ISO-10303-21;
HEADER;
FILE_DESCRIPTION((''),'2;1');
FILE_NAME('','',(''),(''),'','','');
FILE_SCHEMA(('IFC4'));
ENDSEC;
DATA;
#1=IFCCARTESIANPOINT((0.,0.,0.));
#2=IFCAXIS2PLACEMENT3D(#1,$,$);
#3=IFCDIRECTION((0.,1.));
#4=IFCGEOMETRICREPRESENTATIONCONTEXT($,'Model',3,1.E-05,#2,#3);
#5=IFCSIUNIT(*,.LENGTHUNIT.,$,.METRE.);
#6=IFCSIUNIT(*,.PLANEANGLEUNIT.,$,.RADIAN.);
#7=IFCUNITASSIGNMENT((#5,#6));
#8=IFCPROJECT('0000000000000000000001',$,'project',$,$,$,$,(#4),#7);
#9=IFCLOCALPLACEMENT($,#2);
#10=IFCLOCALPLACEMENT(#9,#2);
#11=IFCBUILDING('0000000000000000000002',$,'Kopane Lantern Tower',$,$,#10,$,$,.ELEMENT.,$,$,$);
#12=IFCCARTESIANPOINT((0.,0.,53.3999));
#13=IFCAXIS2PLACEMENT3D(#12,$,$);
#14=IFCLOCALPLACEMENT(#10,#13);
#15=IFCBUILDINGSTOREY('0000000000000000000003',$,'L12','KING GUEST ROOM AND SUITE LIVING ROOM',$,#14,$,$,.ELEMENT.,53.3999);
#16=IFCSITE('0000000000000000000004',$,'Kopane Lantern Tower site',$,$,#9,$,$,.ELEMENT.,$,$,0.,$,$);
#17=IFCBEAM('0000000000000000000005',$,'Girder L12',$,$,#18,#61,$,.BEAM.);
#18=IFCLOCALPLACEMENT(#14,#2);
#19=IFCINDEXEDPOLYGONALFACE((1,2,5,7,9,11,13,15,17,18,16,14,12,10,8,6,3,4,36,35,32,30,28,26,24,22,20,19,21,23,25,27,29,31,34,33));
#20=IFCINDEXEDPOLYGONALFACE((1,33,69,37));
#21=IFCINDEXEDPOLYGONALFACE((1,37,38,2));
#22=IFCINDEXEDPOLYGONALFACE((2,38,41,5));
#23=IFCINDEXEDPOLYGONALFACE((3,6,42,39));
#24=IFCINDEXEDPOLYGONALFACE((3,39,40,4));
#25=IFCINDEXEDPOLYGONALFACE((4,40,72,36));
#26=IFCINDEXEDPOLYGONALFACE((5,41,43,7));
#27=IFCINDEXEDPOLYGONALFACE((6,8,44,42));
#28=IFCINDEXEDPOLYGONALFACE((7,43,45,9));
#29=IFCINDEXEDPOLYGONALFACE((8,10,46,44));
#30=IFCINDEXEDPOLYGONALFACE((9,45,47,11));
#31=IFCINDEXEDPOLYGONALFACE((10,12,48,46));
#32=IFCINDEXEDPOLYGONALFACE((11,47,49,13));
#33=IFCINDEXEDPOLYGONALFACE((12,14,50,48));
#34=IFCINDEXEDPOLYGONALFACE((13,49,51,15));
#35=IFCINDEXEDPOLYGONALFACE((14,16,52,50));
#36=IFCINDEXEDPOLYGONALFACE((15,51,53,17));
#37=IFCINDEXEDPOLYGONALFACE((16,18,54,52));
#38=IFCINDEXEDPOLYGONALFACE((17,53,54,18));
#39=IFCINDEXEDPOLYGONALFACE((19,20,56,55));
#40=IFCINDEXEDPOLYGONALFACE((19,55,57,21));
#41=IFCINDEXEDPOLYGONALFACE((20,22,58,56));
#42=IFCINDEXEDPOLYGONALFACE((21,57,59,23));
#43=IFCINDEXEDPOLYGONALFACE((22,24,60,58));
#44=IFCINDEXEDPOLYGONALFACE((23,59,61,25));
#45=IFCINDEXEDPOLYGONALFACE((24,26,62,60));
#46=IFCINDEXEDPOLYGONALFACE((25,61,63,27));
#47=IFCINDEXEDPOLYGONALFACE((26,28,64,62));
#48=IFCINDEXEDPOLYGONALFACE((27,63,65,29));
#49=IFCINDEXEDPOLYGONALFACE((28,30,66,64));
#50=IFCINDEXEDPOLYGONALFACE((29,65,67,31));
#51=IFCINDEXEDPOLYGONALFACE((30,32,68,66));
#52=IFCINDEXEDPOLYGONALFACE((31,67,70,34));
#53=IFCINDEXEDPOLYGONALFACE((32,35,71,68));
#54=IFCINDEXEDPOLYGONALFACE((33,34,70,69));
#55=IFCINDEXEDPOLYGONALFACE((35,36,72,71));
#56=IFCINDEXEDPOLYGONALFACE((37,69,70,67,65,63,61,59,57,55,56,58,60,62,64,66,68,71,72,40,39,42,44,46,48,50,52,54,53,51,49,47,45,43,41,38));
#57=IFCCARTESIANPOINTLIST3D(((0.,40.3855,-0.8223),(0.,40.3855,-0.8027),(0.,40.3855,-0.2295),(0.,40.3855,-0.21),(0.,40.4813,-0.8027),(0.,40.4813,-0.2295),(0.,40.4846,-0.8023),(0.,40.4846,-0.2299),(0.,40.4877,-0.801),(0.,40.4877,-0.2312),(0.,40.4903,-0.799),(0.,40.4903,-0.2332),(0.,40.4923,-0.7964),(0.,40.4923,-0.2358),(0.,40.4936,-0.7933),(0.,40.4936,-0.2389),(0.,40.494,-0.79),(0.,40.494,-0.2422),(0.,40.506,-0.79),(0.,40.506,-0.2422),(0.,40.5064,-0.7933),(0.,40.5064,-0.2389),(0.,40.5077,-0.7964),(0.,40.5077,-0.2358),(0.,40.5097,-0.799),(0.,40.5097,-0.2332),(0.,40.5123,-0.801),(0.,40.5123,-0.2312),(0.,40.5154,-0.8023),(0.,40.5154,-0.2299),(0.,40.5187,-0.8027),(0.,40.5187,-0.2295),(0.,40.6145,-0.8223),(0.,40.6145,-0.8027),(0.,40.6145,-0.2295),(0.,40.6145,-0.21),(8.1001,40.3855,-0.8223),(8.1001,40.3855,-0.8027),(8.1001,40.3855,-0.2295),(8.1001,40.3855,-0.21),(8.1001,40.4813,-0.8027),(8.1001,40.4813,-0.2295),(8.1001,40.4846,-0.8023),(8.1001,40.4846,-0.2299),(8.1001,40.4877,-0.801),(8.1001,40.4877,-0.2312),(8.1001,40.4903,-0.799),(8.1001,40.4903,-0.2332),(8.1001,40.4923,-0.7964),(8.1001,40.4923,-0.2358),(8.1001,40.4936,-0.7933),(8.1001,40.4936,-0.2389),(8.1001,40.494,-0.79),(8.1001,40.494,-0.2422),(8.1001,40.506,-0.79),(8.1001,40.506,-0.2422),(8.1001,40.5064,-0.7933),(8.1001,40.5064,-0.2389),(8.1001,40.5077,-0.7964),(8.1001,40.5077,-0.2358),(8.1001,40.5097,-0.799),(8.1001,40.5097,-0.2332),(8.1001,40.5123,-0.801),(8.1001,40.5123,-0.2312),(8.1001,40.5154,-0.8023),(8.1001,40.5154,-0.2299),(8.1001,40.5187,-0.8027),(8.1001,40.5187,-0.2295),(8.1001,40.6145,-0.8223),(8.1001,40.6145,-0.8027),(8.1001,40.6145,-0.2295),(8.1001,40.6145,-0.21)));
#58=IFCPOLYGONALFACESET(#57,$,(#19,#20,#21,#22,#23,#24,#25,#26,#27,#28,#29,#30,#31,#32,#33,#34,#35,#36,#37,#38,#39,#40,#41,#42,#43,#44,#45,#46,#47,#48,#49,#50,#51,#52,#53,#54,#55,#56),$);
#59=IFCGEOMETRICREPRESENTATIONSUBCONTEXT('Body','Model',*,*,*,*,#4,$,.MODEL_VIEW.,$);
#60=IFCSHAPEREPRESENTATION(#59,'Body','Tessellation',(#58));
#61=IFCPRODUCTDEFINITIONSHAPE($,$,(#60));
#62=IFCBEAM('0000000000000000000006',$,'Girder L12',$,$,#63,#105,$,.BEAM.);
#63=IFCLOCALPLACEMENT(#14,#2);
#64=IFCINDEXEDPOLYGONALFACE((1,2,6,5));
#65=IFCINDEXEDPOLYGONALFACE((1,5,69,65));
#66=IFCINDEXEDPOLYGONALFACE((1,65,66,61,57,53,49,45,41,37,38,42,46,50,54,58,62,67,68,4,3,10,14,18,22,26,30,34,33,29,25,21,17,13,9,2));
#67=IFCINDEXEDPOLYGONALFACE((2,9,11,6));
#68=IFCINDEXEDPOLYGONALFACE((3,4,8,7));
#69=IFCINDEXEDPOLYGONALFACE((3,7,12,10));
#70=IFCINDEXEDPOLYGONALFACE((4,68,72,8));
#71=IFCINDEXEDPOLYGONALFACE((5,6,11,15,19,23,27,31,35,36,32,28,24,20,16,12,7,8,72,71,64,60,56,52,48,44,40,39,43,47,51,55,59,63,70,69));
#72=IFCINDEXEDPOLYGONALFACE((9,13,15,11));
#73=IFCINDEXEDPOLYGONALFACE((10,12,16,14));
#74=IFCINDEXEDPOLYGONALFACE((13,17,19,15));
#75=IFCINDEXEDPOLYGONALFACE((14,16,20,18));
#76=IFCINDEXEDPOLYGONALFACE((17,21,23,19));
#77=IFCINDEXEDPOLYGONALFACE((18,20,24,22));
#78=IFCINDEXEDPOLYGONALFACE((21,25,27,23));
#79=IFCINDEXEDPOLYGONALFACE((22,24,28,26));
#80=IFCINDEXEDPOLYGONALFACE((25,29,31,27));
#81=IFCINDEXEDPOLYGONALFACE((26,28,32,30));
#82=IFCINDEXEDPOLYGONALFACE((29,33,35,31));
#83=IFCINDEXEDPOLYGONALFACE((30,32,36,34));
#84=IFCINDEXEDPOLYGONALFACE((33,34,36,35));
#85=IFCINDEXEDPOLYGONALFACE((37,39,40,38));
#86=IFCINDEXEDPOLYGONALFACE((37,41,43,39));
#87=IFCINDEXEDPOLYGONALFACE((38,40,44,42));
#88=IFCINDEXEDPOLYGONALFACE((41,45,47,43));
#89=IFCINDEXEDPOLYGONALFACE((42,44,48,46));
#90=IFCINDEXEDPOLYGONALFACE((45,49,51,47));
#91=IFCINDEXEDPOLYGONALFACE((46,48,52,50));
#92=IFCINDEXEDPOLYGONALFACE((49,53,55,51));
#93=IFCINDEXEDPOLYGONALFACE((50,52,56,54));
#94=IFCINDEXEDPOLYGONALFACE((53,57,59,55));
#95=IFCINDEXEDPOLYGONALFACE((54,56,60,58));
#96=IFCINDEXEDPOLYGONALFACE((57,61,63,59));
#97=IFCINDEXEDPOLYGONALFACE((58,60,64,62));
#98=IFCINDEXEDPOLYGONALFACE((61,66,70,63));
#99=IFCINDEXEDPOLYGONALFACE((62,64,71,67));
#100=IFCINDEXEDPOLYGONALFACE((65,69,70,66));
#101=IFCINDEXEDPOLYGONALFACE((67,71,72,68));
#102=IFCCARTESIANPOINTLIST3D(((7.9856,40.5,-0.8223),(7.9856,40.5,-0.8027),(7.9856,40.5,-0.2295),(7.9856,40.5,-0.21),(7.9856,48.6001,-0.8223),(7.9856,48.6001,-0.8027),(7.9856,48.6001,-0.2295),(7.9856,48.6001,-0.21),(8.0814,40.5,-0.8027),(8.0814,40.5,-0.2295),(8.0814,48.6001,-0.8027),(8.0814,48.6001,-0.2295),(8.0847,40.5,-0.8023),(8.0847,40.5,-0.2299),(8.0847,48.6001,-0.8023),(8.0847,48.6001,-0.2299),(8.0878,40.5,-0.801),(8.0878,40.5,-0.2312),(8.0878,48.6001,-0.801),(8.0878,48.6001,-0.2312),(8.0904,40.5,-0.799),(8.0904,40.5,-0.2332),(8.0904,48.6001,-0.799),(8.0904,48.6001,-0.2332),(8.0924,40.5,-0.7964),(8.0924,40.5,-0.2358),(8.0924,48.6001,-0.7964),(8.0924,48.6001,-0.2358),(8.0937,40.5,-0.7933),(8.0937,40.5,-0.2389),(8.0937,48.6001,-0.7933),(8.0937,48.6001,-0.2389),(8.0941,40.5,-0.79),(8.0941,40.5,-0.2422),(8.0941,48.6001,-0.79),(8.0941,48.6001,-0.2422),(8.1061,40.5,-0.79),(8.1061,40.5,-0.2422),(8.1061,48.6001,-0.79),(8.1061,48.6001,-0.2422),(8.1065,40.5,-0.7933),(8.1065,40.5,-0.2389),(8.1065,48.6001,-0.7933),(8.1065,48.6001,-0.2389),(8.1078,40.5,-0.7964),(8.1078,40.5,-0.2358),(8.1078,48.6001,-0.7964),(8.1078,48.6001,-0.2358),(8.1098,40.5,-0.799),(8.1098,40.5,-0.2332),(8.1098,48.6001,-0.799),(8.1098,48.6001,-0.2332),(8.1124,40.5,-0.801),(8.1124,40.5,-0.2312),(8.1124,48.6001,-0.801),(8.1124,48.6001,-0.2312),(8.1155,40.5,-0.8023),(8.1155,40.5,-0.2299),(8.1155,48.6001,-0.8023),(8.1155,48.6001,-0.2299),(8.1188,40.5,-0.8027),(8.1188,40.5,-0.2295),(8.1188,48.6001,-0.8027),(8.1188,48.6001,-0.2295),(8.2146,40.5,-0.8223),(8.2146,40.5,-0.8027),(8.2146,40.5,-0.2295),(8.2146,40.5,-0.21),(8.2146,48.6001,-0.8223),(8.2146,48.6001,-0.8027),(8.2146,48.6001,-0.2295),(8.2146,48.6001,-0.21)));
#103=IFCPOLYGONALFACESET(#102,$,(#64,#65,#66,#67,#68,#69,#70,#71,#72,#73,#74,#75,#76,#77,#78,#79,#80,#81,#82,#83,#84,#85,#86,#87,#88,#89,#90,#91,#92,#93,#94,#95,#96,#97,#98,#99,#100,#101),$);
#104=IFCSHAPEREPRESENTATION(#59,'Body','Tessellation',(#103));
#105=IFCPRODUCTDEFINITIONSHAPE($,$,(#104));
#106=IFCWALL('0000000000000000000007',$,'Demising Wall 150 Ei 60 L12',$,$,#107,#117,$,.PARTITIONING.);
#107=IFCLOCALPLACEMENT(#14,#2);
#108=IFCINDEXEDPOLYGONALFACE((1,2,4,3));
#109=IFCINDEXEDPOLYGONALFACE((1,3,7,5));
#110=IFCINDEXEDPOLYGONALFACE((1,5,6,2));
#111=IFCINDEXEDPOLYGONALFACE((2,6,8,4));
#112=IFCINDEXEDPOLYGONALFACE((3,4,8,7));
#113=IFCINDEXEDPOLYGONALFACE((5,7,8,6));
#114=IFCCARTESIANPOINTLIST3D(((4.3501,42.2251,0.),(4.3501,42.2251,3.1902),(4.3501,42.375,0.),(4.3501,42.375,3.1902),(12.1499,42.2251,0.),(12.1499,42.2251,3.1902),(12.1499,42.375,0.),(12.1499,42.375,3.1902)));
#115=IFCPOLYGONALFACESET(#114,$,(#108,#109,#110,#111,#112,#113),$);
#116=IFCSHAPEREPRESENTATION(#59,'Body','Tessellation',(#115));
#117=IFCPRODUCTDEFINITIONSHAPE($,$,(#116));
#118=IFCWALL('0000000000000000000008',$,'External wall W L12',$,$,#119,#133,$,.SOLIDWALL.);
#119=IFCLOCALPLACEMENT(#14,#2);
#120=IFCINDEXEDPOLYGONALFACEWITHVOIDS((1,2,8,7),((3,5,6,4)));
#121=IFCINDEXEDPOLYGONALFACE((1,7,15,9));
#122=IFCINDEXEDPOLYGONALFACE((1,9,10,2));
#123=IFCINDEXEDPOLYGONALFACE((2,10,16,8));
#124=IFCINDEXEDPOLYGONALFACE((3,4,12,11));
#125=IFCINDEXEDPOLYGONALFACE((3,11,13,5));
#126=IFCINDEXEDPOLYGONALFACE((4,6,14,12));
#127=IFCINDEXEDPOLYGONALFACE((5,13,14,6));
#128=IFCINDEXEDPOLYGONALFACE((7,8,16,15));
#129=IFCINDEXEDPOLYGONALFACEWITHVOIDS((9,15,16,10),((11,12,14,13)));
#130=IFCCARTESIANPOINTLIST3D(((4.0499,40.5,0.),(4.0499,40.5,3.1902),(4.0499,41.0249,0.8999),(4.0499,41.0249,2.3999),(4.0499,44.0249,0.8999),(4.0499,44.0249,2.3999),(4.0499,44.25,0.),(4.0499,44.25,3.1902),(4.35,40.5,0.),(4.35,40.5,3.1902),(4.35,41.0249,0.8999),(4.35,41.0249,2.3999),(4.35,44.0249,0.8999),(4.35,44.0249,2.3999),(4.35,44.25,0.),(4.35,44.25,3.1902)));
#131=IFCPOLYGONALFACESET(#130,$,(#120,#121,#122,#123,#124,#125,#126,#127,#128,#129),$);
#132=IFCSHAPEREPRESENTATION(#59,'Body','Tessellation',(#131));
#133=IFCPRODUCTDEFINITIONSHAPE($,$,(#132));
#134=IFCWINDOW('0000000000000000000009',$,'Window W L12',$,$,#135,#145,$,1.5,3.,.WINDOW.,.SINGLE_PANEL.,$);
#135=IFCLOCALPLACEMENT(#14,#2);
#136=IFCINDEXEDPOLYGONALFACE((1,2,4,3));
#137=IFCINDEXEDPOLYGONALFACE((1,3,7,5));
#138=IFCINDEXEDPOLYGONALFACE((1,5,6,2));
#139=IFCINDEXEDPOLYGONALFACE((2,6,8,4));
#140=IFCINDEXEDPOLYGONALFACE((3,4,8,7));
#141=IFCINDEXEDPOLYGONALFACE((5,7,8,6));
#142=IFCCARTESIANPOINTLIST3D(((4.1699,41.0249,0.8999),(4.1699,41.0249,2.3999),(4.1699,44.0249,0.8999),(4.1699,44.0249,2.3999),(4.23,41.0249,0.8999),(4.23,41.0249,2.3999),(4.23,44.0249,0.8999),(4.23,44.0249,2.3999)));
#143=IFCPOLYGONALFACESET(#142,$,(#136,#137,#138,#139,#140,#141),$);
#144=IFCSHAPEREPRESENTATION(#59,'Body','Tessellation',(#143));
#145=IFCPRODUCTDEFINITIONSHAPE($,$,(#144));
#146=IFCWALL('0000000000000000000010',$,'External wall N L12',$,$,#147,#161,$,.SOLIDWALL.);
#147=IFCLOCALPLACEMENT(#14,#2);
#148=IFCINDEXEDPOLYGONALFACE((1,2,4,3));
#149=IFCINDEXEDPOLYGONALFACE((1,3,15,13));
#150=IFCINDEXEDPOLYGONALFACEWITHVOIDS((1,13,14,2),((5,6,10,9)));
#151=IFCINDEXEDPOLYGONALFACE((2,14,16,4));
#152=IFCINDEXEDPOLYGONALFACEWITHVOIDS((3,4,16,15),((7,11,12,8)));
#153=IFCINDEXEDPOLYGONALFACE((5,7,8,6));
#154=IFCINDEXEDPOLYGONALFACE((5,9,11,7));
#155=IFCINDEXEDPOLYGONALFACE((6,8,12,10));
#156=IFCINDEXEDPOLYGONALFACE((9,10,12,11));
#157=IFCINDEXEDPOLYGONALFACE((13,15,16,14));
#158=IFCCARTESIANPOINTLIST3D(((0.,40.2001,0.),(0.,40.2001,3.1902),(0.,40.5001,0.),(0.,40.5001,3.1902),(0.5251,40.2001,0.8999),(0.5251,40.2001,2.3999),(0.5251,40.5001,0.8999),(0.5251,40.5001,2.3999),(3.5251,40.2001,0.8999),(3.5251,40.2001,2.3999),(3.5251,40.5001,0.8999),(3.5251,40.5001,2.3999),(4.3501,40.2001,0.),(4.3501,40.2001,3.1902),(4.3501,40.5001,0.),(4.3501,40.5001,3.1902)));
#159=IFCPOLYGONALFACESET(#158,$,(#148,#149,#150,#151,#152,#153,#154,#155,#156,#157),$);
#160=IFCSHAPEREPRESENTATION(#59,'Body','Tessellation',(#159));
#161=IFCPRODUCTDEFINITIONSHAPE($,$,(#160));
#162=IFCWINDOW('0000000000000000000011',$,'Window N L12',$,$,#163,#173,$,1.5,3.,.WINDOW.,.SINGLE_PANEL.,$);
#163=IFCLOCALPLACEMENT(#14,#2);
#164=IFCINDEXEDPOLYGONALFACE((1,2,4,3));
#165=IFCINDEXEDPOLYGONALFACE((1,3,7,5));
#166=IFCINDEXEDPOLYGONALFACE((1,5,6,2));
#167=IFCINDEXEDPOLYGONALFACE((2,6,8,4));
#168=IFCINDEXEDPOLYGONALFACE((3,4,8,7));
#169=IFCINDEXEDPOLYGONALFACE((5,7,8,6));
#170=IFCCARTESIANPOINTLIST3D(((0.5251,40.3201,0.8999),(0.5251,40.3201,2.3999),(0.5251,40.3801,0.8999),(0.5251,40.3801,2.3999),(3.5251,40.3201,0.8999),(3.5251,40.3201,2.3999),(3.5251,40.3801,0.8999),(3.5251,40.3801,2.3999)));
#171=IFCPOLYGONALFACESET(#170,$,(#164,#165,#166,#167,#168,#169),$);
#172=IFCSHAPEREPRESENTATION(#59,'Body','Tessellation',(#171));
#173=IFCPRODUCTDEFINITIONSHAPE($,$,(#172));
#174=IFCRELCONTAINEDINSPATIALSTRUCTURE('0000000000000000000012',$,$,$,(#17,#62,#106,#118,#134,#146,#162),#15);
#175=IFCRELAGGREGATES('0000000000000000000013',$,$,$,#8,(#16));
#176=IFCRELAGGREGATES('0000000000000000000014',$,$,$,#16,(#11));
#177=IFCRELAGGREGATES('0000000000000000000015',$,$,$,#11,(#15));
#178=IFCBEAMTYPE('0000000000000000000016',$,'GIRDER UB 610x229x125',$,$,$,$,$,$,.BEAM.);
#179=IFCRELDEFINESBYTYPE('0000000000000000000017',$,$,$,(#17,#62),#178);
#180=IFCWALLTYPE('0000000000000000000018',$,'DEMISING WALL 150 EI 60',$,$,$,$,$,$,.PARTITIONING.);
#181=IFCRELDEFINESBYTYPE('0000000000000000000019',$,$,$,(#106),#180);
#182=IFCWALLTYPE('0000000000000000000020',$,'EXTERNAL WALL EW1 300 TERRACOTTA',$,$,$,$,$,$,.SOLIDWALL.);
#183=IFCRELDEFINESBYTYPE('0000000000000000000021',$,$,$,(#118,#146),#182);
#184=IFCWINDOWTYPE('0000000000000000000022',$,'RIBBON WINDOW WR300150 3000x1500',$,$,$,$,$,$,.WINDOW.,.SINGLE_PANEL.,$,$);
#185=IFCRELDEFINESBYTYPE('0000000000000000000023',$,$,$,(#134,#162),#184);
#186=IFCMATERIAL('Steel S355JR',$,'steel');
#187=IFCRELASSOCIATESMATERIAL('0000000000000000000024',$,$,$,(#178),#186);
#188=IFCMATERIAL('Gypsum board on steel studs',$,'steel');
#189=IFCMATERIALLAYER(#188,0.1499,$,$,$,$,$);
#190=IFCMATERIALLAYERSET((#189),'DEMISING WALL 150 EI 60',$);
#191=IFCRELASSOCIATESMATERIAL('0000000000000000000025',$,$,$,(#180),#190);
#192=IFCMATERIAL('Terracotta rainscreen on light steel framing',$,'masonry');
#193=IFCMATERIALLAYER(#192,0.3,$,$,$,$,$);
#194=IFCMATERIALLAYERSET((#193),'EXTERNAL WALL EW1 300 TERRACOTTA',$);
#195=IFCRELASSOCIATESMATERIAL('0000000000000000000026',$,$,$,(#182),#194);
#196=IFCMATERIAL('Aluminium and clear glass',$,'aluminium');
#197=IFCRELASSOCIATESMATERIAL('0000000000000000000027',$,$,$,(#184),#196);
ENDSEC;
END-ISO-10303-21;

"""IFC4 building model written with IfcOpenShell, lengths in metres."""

from ifc_helpers import new_model, si_unit, direction, frame, frame_2d, origin, origin_2d, place, context, subcontext, project, spatial, rectangle, i_section, extrude, material, layer, layer_set, material_profile, profile_set, type_object, element, fill, save


model = new_model("IFC4")

# Units and contexts
model_context = context("Model", 3, precision=1e-05, world=origin(), true_north=direction((0.0, 1.0)))
body_context = subcontext(model_context, "Body", "Model", "MODEL_VIEW")
ifc_project = project(units=[si_unit("LENGTHUNIT", "METRE"), si_unit("PLANEANGLEUNIT", "RADIAN")], contexts=[model_context])

# Site, building, storey
site_placement = place(None, origin())
site = spatial("IfcSite", under=ifc_project, at=site_placement, Name="Kopane Lantern Tower site", CompositionType="ELEMENT", RefElevation=0.0)
building_placement = place(site_placement, origin())
building = spatial("IfcBuilding", under=site, at=building_placement, Name="Kopane Lantern Tower", CompositionType="ELEMENT")
storey_placement = place(building_placement, frame((0.0, 0.0, 53.3999)))
storey = spatial("IfcBuildingStorey", under=building, at=storey_placement, Name="L12", Description="KING GUEST ROOM AND SUITE LIVING ROOM", CompositionType="ELEMENT", Elevation=53.3999)

# Beams
ifc_material_1 = material(Name="Steel S355JR", Category="steel")
ifc_material_profile_1 = material_profile(ifc_material_1, i_section(OverallWidth=0.229, OverallDepth=0.6123, WebThickness=0.012, FlangeThickness=0.0195, FilletRadius=0.0127, at=origin_2d()), Name="UB 610x229x125")
ifc_profile_set_1 = profile_set([ifc_material_profile_1], Name="Steel S355JR")
beam_type_1 = type_object("IfcBeamType", Name="GIRDER UB 610x229x125", PredefinedType="BEAM", material=ifc_profile_set_1)
for number, where, z_axis, x_axis, name in (
    (1, (0.0, 40.5, -0.5161), (1.0, 0.0, 0.0), (0.0, 1.0, 0.0), "Girder L12"),
    (2, (8.1001, 40.5, -0.5161), (0.0, 1.0, 0.0), (-1.0, 0.0, 0.0), "Girder L12"),
):
    element("IfcBeam", number, at=place(storey_placement, frame(where, z_axis=z_axis, x_axis=x_axis)), inside=storey, type_object=beam_type_1, Name=name, PredefinedType="BEAM", context=body_context, shape_type="SweptSolid", body=[
        extrude(i_section(OverallWidth=0.229, OverallDepth=0.6123, WebThickness=0.012, FlangeThickness=0.0195, FilletRadius=0.0127, at=origin_2d()), origin(), (0.0, 0.0, 1.0), 8.1001),
    ])

# Wall
ifc_material_2 = material(Name="Gypsum board on steel studs", Category="steel")
ifc_layer_1 = layer(ifc_material_2, 0.1499)
ifc_layer_set_1 = layer_set([ifc_layer_1], Name="DEMISING WALL 150 EI 60")
wall_type_1 = type_object("IfcWallType", Name="DEMISING WALL 150 EI 60", PredefinedType="PARTITIONING", material=ifc_layer_set_1)
wall_1_placement = place(storey_placement, frame((4.3501, 42.3, 0.0), z_axis=(0.0, 0.0, 1.0), x_axis=(1.0, 0.0, 0.0)))
element("IfcWall", 3, at=wall_1_placement, inside=storey, type_object=wall_type_1, Name="Demising Wall 150 Ei 60 L12", PredefinedType="PARTITIONING", context=body_context, shape_type="SweptSolid", body=[
    extrude(rectangle(XDim=7.7998, YDim=0.1499, at=frame_2d((3.8999, 0.0))), origin(), (0.0, 0.0, 1.0), 3.1902),
])

# Walls, openings, windows
ifc_material_3 = material(Name="Terracotta rainscreen on light steel framing", Category="masonry")
ifc_layer_2 = layer(ifc_material_3, 0.3)
ifc_layer_set_2 = layer_set([ifc_layer_2], Name="EXTERNAL WALL EW1 300 TERRACOTTA")
wall_type_2 = type_object("IfcWallType", Name="EXTERNAL WALL EW1 300 TERRACOTTA", PredefinedType="SOLIDWALL", material=ifc_layer_set_2)
wall_2_placement = place(storey_placement, frame((4.2, 44.25, 0.0), z_axis=(0.0, 0.0, 1.0), x_axis=(0.0, -1.0, 0.0)))
wall_2 = element("IfcWall", 4, at=wall_2_placement, inside=storey, type_object=wall_type_2, Name="External wall W L12", PredefinedType="SOLIDWALL", context=body_context, shape_type="SweptSolid", body=[
    extrude(rectangle(XDim=3.75, YDim=0.3, at=frame_2d((1.875, 0.0))), origin(), (0.0, 0.0, 1.0), 3.1902),
])
opening_1_placement = place(wall_2_placement, frame((0.2251, 0.0, 0.8999)))
opening_1 = element("IfcOpeningElement", 5, at=opening_1_placement, cuts=wall_2, PredefinedType="OPENING", context=body_context, shape_type="SweptSolid", body=[
    extrude(rectangle(XDim=3.0, YDim=1.5, at=frame_2d((1.5, 0.75))), frame((0.0, 0.1599, 0.0), z_axis=(0.0, -1.0, 0.0), x_axis=(1.0, 0.0, 0.0)), (0.0, 0.0, 1.0), 0.3201),
])
ifc_material_4 = material(Name="Aluminium and clear glass", Category="aluminium")
window_type = type_object("IfcWindowType", Name="RIBBON WINDOW WR300150 3000x1500", PartitioningType="SINGLE_PANEL", PredefinedType="WINDOW", material=ifc_material_4)
window_1_placement = place(opening_1_placement, origin())
window_1 = element("IfcWindow", 6, at=window_1_placement, inside=storey, type_object=window_type, Name="Window W L12", OverallHeight=1.5, OverallWidth=3.0, PartitioningType="SINGLE_PANEL", PredefinedType="WINDOW", context=body_context, shape_type="SweptSolid", body=[
    extrude(rectangle(XDim=3.0, YDim=1.5, at=frame_2d((1.5, 0.75))), frame((0.0, 0.03, 0.0), z_axis=(0.0, -1.0, 0.0), x_axis=(1.0, 0.0, 0.0)), (0.0, 0.0, 1.0), 0.0601),
])
fill(opening_1, window_1)
wall_3_placement = place(storey_placement, frame((4.3501, 40.3501, 0.0), z_axis=(0.0, 0.0, 1.0), x_axis=(-1.0, 0.0, 0.0)))
wall_3 = element("IfcWall", 7, at=wall_3_placement, inside=storey, type_object=wall_type_2, Name="External wall N L12", PredefinedType="SOLIDWALL", context=body_context, shape_type="SweptSolid", body=[
    extrude(rectangle(XDim=4.3501, YDim=0.3, at=frame_2d((2.175, 0.0))), origin(), (0.0, 0.0, 1.0), 3.1902),
])
opening_2_placement = place(wall_3_placement, frame((0.825, 0.0, 0.8999)))
opening_2 = element("IfcOpeningElement", 8, at=opening_2_placement, cuts=wall_3, PredefinedType="OPENING", context=body_context, shape_type="SweptSolid", body=[
    extrude(rectangle(XDim=3.0, YDim=1.5, at=frame_2d((1.5, 0.75))), frame((0.0, 0.1599, 0.0), z_axis=(0.0, -1.0, 0.0), x_axis=(1.0, 0.0, 0.0)), (0.0, 0.0, 1.0), 0.3201),
])
window_2_placement = place(opening_2_placement, origin())
window_2 = element("IfcWindow", 9, at=window_2_placement, inside=storey, type_object=window_type, Name="Window N L12", OverallHeight=1.5, OverallWidth=3.0, PartitioningType="SINGLE_PANEL", PredefinedType="WINDOW", context=body_context, shape_type="SweptSolid", body=[
    extrude(rectangle(XDim=3.0, YDim=1.5, at=frame_2d((1.5, 0.75))), frame((0.0, 0.03, 0.0), z_axis=(0.0, -1.0, 0.0), x_axis=(1.0, 0.0, 0.0)), (0.0, 0.0, 1.0), 0.0601),
])
fill(opening_2, window_2)

save(model, "model.ifc")
